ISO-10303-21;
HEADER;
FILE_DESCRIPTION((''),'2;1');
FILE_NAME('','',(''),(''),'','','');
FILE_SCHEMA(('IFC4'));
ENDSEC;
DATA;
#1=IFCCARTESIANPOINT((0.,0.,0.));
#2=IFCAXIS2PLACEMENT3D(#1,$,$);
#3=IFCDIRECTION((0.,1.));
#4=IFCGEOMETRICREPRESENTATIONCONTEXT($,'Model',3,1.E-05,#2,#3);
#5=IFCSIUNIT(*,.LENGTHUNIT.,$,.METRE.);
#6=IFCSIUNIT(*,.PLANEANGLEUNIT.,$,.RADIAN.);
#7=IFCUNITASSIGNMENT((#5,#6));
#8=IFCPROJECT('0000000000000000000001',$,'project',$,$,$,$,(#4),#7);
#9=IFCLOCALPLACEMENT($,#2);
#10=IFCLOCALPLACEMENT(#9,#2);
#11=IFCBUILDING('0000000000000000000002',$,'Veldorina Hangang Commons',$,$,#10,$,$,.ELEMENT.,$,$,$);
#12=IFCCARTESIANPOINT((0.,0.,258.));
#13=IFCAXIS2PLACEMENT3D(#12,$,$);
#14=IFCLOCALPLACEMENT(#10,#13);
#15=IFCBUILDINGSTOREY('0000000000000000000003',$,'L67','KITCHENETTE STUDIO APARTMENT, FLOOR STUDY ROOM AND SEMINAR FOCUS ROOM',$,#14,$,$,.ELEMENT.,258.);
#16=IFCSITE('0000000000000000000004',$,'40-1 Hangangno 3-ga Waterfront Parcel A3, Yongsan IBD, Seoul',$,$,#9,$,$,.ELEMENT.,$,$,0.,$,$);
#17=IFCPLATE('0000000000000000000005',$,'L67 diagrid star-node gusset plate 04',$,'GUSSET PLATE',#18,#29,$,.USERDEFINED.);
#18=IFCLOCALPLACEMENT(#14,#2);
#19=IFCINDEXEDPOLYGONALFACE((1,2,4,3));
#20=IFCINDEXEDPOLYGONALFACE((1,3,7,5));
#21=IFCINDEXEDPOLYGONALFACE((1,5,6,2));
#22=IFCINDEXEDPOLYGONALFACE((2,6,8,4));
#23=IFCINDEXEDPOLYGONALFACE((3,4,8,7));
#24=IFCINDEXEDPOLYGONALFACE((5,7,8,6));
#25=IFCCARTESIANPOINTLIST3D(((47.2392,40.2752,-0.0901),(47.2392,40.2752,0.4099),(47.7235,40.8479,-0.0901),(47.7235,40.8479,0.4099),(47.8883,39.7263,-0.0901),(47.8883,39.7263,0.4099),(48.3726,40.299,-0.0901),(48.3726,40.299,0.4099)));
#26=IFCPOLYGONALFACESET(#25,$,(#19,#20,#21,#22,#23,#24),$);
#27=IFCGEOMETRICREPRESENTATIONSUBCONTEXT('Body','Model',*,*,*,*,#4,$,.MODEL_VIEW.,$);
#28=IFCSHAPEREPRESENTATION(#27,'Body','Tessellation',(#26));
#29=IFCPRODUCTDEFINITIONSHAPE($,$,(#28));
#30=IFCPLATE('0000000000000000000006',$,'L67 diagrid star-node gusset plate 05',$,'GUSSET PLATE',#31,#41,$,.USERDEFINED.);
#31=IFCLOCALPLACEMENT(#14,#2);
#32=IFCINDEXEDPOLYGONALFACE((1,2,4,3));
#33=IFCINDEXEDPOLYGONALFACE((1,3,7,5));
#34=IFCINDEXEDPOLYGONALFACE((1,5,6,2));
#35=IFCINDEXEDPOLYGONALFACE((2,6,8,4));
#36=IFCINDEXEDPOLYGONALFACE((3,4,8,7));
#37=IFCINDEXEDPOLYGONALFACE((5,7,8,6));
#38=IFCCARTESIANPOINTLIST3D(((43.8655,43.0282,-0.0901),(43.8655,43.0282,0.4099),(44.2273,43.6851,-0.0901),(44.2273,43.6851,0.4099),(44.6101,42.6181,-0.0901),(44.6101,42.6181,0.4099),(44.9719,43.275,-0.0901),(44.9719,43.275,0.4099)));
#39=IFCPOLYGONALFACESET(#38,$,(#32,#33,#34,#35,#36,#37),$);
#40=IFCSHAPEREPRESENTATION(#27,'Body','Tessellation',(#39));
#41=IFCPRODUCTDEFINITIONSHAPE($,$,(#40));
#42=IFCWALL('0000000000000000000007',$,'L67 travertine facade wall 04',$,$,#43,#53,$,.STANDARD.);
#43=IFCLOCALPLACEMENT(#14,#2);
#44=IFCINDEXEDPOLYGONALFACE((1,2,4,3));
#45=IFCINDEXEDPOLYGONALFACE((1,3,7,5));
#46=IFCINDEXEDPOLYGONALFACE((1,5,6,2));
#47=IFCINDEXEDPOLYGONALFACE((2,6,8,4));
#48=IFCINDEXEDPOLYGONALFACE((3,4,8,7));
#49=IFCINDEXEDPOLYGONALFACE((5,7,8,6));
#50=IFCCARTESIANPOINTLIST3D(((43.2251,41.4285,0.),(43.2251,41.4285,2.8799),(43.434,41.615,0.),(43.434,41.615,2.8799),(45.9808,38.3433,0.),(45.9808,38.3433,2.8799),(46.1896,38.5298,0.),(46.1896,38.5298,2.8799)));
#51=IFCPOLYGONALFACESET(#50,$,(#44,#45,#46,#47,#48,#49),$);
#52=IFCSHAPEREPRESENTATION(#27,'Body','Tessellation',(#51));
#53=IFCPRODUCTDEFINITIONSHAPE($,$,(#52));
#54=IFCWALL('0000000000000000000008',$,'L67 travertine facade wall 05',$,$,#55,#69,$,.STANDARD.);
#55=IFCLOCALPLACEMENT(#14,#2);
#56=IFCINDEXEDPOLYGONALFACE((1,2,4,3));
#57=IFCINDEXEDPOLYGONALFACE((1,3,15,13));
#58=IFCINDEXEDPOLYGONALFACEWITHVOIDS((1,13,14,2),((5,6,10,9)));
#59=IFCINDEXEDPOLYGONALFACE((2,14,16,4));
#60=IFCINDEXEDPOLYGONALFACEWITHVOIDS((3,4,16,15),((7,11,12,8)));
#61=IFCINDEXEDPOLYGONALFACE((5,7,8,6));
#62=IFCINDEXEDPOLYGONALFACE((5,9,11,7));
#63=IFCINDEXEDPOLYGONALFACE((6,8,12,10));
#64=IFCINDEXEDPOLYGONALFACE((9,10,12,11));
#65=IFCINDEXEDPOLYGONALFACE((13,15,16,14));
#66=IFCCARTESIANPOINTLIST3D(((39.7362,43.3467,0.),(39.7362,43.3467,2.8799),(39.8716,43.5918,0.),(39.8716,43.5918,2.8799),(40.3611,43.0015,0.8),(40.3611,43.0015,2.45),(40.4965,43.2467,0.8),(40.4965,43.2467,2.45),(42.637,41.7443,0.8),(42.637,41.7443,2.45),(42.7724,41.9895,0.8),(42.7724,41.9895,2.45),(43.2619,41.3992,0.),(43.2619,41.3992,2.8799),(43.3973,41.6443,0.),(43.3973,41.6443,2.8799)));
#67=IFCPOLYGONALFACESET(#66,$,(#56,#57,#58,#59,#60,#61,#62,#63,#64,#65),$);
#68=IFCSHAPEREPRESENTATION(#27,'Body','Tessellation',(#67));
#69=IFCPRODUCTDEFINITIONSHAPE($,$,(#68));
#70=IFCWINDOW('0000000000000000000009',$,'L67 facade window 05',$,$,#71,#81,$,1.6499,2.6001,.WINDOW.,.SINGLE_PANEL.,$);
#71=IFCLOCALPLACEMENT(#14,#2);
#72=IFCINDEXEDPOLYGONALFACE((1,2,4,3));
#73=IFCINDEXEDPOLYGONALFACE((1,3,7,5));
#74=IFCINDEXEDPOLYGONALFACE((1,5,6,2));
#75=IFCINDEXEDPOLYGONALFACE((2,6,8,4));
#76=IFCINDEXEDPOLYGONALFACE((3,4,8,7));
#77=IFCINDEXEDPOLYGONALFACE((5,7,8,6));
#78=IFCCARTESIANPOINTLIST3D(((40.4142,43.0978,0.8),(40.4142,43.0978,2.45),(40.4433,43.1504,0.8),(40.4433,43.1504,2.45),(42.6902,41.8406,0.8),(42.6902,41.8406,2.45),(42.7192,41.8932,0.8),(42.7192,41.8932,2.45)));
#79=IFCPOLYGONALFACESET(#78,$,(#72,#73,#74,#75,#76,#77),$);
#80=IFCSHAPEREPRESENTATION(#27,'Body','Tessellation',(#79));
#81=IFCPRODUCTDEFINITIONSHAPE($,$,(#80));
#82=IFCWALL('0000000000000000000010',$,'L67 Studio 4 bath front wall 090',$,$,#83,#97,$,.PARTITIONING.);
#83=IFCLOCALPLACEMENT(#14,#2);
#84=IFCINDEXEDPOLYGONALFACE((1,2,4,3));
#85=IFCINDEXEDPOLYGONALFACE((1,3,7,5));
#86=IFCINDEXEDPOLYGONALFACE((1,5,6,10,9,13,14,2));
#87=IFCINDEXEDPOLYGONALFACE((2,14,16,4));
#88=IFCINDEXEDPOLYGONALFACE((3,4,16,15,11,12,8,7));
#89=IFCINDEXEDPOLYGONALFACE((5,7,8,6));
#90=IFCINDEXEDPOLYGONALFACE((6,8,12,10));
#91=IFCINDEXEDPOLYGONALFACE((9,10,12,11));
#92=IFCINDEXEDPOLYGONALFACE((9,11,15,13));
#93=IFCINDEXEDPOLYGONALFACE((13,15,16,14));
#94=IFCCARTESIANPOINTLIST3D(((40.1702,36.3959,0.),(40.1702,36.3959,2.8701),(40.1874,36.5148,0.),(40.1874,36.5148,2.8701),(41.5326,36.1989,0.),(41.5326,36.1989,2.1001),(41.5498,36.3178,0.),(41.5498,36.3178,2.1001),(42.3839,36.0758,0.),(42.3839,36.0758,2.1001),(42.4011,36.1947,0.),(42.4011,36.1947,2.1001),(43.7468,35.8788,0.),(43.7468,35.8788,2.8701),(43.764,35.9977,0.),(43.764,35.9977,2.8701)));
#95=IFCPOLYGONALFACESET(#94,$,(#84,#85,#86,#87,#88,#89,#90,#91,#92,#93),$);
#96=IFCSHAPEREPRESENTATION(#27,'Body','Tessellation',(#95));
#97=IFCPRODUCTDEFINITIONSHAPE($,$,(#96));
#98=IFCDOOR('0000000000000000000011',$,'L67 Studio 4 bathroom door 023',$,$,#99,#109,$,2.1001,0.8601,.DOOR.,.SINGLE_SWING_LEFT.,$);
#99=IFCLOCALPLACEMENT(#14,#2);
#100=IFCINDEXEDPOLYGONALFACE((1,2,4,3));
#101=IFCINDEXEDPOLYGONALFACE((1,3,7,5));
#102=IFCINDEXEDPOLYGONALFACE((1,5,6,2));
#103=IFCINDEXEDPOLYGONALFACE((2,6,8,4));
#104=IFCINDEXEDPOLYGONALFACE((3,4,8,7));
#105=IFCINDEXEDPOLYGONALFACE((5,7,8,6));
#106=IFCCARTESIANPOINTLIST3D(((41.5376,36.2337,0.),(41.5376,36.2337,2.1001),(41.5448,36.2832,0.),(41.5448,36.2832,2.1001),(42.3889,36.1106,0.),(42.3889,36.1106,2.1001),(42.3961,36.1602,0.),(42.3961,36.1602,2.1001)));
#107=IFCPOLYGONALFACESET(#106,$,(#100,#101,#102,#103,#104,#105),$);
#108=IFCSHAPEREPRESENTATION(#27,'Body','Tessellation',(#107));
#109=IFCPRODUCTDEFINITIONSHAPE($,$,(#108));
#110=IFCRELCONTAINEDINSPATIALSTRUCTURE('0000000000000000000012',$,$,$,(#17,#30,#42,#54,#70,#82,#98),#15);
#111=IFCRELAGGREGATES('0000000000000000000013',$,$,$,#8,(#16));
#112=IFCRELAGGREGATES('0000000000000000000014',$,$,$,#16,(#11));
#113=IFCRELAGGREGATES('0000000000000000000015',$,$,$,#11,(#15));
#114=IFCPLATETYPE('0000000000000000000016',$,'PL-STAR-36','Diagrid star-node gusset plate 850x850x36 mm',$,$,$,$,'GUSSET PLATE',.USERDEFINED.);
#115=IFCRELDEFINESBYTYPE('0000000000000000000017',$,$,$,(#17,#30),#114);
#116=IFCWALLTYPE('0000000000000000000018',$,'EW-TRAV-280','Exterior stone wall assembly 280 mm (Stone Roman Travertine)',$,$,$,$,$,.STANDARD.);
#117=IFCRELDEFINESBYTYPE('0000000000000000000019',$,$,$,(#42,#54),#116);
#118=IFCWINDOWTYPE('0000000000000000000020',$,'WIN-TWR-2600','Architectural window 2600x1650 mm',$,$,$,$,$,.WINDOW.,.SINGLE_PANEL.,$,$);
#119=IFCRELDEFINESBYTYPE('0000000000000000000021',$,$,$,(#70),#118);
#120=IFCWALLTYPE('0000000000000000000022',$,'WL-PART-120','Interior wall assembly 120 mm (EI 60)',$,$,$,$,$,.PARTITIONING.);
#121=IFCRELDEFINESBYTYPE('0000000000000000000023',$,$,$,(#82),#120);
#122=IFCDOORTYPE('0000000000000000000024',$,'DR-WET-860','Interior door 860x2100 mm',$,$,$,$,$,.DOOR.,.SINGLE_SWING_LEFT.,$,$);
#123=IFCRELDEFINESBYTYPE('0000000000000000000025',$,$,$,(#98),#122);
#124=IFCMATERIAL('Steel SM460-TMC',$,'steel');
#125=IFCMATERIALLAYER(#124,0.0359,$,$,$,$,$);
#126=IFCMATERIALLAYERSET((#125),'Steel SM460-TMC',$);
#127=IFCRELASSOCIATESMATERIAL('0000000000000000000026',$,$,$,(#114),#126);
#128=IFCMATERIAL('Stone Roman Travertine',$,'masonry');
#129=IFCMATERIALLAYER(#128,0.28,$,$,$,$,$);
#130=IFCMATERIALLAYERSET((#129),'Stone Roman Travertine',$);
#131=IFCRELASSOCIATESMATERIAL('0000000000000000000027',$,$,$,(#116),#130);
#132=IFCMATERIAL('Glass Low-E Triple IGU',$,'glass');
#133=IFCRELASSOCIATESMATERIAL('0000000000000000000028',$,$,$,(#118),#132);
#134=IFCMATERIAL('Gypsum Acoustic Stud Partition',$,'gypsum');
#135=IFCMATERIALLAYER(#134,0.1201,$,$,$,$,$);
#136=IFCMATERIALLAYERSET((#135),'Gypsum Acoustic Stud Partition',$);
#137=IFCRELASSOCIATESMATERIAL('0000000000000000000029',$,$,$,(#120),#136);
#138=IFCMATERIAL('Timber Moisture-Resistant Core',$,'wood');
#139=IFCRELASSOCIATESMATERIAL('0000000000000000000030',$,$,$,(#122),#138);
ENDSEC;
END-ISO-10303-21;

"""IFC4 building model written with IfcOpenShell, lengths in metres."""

from ifc_helpers import new_model, si_unit, direction, frame, frame_2d, origin, origin_2d, place, context, subcontext, project, spatial, rectangle, extrude, material, layer, layer_set, type_object, element, fill, save


model = new_model("IFC4")

# Units and contexts
model_context = context("Model", 3, precision=1e-05, world=origin(), true_north=direction((0.0, 1.0)))
body_context = subcontext(model_context, "Body", "Model", "MODEL_VIEW")
ifc_project = project(units=[si_unit("LENGTHUNIT", "METRE"), si_unit("PLANEANGLEUNIT", "RADIAN")], contexts=[model_context])

# Site, building, storey
site_placement = place(None, origin())
site = spatial("IfcSite", under=ifc_project, at=site_placement, Name="40-1 Hangangno 3-ga Waterfront Parcel A3, Yongsan IBD, Seoul", CompositionType="ELEMENT", RefElevation=0.0)
building_placement = place(site_placement, origin())
building = spatial("IfcBuilding", under=site, at=building_placement, Name="Veldorina Hangang Commons", CompositionType="ELEMENT")
storey_placement = place(building_placement, frame((0.0, 0.0, 258.0)))
storey = spatial("IfcBuildingStorey", under=building, at=storey_placement, Name="L67", Description="KITCHENETTE STUDIO APARTMENT, FLOOR STUDY ROOM AND SEMINAR FOCUS ROOM", CompositionType="ELEMENT", Elevation=258.0)

# Shared definitions
ifc_material_1 = material(Name="Glass Low-E Triple IGU", Category="glass")

# Plates
ifc_material_2 = material(Name="Steel SM460-TMC", Category="steel")
ifc_layer_1 = layer(ifc_material_2, 0.0359)
ifc_layer_set_1 = layer_set([ifc_layer_1], Name="Steel SM460-TMC")
plate_type_1 = type_object("IfcPlateType", Name="PL-STAR-36", Description="Diagrid star-node gusset plate 850x850x36 mm", ElementType="GUSSET PLATE", PredefinedType="USERDEFINED", material=ifc_layer_set_1)
for number, where, z_axis, x_axis, name in (
    (1, (47.8059, 40.2871, -0.0901), (0.0, 0.0, 1.0), (-0.763559, 0.645738, 0.0), "L67 diagrid star-node gusset plate 04"),
    (2, (44.4187, 43.1516, -0.0901), (0.0, 0.0, 1.0), (-0.875928, 0.482442, 0.0), "L67 diagrid star-node gusset plate 05"),
):
    element("IfcPlate", number, at=place(storey_placement, frame(where, z_axis=z_axis, x_axis=x_axis)), inside=storey, type_object=plate_type_1, Name=name, ObjectType="GUSSET PLATE", PredefinedType="USERDEFINED", context=body_context, shape_type="SweptSolid", body=[
        extrude(rectangle(XDim=0.8501, YDim=0.75, at=origin_2d()), origin(), (0.0, 0.0, 1.0), 0.5),
    ])

# Wall
ifc_material_3 = material(Name="Stone Roman Travertine", Category="masonry")
ifc_layer_2 = layer(ifc_material_3, 0.28)
ifc_layer_set_2 = layer_set([ifc_layer_2], Name="Stone Roman Travertine")
wall_type_1 = type_object("IfcWallType", Name="EW-TRAV-280", Description="Exterior stone wall assembly 280 mm (Stone Roman Travertine)", PredefinedType="STANDARD", material=ifc_layer_set_2)
wall_1_placement = place(storey_placement, frame((46.0852, 38.4365, 0.0), z_axis=(0.0, 0.0, 1.0), x_axis=(-0.666146, 0.745821, 0.0)))
element("IfcWall", 3, at=wall_1_placement, inside=storey, type_object=wall_type_1, Name="L67 travertine facade wall 04", PredefinedType="STANDARD", context=body_context, shape_type="SweptSolid", body=[
    extrude(rectangle(XDim=4.1367, YDim=0.28, at=frame_2d((2.0684, 0.0))), origin(), (0.0, 0.0, 1.0), 2.8799),
])

# Wall, opening, window
wall_2_placement = place(storey_placement, frame((43.3296, 41.5217, 0.0), z_axis=(0.0, 0.0, 1.0), x_axis=(-0.875333, 0.483521, 0.0)))
wall_2 = element("IfcWall", 4, at=wall_2_placement, inside=storey, type_object=wall_type_1, Name="L67 travertine facade wall 05", PredefinedType="STANDARD", context=body_context, shape_type="SweptSolid", body=[
    extrude(rectangle(XDim=4.0278, YDim=0.28, at=frame_2d((2.0139, 0.0))), origin(), (0.0, 0.0, 1.0), 2.8799),
])
opening_1_placement = place(wall_2_placement, frame((0.7139, 0.0, 0.8)))
opening_1 = element("IfcOpeningElement", 5, at=opening_1_placement, cuts=wall_2, PredefinedType="OPENING", context=body_context, shape_type="SweptSolid", body=[
    extrude(rectangle(XDim=2.6001, YDim=1.6499, at=frame_2d((1.3, 0.825))), frame((0.0, 0.1499, 0.0), z_axis=(0.0, -1.0, 0.0), x_axis=(1.0, 0.0, 0.0)), (0.0, 0.0, 1.0), 0.3),
])
window_type = type_object("IfcWindowType", Name="WIN-TWR-2600", Description="Architectural window 2600x1650 mm", PartitioningType="SINGLE_PANEL", PredefinedType="WINDOW", material=ifc_material_1)
window_placement = place(opening_1_placement, origin())
window = element("IfcWindow", 6, at=window_placement, inside=storey, type_object=window_type, Name="L67 facade window 05", OverallHeight=1.6499, OverallWidth=2.6001, PartitioningType="SINGLE_PANEL", PredefinedType="WINDOW", context=body_context, shape_type="SweptSolid", body=[
    extrude(rectangle(XDim=2.6001, YDim=1.6499, at=frame_2d((1.3, 0.825))), frame((0.0, 0.03, 0.0), z_axis=(0.0, -1.0, 0.0), x_axis=(1.0, 0.0, 0.0)), (0.0, 0.0, 1.0), 0.0601),
])
fill(opening_1, window)

# Wall, opening, door
ifc_material_4 = material(Name="Gypsum Acoustic Stud Partition", Category="gypsum")
ifc_layer_3 = layer(ifc_material_4, 0.1201)
ifc_layer_set_3 = layer_set([ifc_layer_3], Name="Gypsum Acoustic Stud Partition")
wall_type_2 = type_object("IfcWallType", Name="WL-PART-120", Description="Interior wall assembly 120 mm (EI 60)", PredefinedType="PARTITIONING", material=ifc_layer_set_3)
wall_3_placement = place(storey_placement, frame((43.7554, 35.9382, 0.0), z_axis=(0.0, 0.0, 1.0), x_axis=(-0.98971, 0.143086, 0.0)))
wall_3 = element("IfcWall", 7, at=wall_3_placement, inside=storey, type_object=wall_type_2, Name="L67 Studio 4 bath front wall 090", PredefinedType="PARTITIONING", context=body_context, shape_type="SweptSolid", body=[
    extrude(rectangle(XDim=3.6138, YDim=0.1201, at=frame_2d((1.8069, 0.0))), origin(), (0.0, 0.0, 1.0), 2.8701),
])
opening_2_placement = place(wall_3_placement, frame((1.377, 0.0, 0.0)))
opening_2 = element("IfcOpeningElement", 8, at=opening_2_placement, cuts=wall_3, PredefinedType="OPENING", context=body_context, shape_type="SweptSolid", body=[
    extrude(rectangle(XDim=0.8601, YDim=2.1001, at=frame_2d((0.4302, 1.05))), frame((0.0, 0.0701, 0.0), z_axis=(0.0, -1.0, 0.0), x_axis=(1.0, 0.0, 0.0)), (0.0, 0.0, 1.0), 0.1401),
])
ifc_material_5 = material(Name="Timber Moisture-Resistant Core", Category="wood")
door_type = type_object("IfcDoorType", Name="DR-WET-860", Description="Interior door 860x2100 mm", OperationType="SINGLE_SWING_LEFT", PredefinedType="DOOR", material=ifc_material_5)
door_placement = place(opening_2_placement, origin())
door = element("IfcDoor", 9, at=door_placement, inside=storey, type_object=door_type, Name="L67 Studio 4 bathroom door 023", OperationType="SINGLE_SWING_LEFT", OverallHeight=2.1001, OverallWidth=0.8601, PredefinedType="DOOR", context=body_context, shape_type="SweptSolid", body=[
    extrude(rectangle(XDim=0.8601, YDim=2.1001, at=frame_2d((0.4302, 1.05))), frame((0.0, 0.0249, 0.0), z_axis=(0.0, -1.0, 0.0), x_axis=(1.0, 0.0, 0.0)), (0.0, 0.0, 1.0), 0.05),
])
fill(opening_2, door)

save(model, "model.ifc")
